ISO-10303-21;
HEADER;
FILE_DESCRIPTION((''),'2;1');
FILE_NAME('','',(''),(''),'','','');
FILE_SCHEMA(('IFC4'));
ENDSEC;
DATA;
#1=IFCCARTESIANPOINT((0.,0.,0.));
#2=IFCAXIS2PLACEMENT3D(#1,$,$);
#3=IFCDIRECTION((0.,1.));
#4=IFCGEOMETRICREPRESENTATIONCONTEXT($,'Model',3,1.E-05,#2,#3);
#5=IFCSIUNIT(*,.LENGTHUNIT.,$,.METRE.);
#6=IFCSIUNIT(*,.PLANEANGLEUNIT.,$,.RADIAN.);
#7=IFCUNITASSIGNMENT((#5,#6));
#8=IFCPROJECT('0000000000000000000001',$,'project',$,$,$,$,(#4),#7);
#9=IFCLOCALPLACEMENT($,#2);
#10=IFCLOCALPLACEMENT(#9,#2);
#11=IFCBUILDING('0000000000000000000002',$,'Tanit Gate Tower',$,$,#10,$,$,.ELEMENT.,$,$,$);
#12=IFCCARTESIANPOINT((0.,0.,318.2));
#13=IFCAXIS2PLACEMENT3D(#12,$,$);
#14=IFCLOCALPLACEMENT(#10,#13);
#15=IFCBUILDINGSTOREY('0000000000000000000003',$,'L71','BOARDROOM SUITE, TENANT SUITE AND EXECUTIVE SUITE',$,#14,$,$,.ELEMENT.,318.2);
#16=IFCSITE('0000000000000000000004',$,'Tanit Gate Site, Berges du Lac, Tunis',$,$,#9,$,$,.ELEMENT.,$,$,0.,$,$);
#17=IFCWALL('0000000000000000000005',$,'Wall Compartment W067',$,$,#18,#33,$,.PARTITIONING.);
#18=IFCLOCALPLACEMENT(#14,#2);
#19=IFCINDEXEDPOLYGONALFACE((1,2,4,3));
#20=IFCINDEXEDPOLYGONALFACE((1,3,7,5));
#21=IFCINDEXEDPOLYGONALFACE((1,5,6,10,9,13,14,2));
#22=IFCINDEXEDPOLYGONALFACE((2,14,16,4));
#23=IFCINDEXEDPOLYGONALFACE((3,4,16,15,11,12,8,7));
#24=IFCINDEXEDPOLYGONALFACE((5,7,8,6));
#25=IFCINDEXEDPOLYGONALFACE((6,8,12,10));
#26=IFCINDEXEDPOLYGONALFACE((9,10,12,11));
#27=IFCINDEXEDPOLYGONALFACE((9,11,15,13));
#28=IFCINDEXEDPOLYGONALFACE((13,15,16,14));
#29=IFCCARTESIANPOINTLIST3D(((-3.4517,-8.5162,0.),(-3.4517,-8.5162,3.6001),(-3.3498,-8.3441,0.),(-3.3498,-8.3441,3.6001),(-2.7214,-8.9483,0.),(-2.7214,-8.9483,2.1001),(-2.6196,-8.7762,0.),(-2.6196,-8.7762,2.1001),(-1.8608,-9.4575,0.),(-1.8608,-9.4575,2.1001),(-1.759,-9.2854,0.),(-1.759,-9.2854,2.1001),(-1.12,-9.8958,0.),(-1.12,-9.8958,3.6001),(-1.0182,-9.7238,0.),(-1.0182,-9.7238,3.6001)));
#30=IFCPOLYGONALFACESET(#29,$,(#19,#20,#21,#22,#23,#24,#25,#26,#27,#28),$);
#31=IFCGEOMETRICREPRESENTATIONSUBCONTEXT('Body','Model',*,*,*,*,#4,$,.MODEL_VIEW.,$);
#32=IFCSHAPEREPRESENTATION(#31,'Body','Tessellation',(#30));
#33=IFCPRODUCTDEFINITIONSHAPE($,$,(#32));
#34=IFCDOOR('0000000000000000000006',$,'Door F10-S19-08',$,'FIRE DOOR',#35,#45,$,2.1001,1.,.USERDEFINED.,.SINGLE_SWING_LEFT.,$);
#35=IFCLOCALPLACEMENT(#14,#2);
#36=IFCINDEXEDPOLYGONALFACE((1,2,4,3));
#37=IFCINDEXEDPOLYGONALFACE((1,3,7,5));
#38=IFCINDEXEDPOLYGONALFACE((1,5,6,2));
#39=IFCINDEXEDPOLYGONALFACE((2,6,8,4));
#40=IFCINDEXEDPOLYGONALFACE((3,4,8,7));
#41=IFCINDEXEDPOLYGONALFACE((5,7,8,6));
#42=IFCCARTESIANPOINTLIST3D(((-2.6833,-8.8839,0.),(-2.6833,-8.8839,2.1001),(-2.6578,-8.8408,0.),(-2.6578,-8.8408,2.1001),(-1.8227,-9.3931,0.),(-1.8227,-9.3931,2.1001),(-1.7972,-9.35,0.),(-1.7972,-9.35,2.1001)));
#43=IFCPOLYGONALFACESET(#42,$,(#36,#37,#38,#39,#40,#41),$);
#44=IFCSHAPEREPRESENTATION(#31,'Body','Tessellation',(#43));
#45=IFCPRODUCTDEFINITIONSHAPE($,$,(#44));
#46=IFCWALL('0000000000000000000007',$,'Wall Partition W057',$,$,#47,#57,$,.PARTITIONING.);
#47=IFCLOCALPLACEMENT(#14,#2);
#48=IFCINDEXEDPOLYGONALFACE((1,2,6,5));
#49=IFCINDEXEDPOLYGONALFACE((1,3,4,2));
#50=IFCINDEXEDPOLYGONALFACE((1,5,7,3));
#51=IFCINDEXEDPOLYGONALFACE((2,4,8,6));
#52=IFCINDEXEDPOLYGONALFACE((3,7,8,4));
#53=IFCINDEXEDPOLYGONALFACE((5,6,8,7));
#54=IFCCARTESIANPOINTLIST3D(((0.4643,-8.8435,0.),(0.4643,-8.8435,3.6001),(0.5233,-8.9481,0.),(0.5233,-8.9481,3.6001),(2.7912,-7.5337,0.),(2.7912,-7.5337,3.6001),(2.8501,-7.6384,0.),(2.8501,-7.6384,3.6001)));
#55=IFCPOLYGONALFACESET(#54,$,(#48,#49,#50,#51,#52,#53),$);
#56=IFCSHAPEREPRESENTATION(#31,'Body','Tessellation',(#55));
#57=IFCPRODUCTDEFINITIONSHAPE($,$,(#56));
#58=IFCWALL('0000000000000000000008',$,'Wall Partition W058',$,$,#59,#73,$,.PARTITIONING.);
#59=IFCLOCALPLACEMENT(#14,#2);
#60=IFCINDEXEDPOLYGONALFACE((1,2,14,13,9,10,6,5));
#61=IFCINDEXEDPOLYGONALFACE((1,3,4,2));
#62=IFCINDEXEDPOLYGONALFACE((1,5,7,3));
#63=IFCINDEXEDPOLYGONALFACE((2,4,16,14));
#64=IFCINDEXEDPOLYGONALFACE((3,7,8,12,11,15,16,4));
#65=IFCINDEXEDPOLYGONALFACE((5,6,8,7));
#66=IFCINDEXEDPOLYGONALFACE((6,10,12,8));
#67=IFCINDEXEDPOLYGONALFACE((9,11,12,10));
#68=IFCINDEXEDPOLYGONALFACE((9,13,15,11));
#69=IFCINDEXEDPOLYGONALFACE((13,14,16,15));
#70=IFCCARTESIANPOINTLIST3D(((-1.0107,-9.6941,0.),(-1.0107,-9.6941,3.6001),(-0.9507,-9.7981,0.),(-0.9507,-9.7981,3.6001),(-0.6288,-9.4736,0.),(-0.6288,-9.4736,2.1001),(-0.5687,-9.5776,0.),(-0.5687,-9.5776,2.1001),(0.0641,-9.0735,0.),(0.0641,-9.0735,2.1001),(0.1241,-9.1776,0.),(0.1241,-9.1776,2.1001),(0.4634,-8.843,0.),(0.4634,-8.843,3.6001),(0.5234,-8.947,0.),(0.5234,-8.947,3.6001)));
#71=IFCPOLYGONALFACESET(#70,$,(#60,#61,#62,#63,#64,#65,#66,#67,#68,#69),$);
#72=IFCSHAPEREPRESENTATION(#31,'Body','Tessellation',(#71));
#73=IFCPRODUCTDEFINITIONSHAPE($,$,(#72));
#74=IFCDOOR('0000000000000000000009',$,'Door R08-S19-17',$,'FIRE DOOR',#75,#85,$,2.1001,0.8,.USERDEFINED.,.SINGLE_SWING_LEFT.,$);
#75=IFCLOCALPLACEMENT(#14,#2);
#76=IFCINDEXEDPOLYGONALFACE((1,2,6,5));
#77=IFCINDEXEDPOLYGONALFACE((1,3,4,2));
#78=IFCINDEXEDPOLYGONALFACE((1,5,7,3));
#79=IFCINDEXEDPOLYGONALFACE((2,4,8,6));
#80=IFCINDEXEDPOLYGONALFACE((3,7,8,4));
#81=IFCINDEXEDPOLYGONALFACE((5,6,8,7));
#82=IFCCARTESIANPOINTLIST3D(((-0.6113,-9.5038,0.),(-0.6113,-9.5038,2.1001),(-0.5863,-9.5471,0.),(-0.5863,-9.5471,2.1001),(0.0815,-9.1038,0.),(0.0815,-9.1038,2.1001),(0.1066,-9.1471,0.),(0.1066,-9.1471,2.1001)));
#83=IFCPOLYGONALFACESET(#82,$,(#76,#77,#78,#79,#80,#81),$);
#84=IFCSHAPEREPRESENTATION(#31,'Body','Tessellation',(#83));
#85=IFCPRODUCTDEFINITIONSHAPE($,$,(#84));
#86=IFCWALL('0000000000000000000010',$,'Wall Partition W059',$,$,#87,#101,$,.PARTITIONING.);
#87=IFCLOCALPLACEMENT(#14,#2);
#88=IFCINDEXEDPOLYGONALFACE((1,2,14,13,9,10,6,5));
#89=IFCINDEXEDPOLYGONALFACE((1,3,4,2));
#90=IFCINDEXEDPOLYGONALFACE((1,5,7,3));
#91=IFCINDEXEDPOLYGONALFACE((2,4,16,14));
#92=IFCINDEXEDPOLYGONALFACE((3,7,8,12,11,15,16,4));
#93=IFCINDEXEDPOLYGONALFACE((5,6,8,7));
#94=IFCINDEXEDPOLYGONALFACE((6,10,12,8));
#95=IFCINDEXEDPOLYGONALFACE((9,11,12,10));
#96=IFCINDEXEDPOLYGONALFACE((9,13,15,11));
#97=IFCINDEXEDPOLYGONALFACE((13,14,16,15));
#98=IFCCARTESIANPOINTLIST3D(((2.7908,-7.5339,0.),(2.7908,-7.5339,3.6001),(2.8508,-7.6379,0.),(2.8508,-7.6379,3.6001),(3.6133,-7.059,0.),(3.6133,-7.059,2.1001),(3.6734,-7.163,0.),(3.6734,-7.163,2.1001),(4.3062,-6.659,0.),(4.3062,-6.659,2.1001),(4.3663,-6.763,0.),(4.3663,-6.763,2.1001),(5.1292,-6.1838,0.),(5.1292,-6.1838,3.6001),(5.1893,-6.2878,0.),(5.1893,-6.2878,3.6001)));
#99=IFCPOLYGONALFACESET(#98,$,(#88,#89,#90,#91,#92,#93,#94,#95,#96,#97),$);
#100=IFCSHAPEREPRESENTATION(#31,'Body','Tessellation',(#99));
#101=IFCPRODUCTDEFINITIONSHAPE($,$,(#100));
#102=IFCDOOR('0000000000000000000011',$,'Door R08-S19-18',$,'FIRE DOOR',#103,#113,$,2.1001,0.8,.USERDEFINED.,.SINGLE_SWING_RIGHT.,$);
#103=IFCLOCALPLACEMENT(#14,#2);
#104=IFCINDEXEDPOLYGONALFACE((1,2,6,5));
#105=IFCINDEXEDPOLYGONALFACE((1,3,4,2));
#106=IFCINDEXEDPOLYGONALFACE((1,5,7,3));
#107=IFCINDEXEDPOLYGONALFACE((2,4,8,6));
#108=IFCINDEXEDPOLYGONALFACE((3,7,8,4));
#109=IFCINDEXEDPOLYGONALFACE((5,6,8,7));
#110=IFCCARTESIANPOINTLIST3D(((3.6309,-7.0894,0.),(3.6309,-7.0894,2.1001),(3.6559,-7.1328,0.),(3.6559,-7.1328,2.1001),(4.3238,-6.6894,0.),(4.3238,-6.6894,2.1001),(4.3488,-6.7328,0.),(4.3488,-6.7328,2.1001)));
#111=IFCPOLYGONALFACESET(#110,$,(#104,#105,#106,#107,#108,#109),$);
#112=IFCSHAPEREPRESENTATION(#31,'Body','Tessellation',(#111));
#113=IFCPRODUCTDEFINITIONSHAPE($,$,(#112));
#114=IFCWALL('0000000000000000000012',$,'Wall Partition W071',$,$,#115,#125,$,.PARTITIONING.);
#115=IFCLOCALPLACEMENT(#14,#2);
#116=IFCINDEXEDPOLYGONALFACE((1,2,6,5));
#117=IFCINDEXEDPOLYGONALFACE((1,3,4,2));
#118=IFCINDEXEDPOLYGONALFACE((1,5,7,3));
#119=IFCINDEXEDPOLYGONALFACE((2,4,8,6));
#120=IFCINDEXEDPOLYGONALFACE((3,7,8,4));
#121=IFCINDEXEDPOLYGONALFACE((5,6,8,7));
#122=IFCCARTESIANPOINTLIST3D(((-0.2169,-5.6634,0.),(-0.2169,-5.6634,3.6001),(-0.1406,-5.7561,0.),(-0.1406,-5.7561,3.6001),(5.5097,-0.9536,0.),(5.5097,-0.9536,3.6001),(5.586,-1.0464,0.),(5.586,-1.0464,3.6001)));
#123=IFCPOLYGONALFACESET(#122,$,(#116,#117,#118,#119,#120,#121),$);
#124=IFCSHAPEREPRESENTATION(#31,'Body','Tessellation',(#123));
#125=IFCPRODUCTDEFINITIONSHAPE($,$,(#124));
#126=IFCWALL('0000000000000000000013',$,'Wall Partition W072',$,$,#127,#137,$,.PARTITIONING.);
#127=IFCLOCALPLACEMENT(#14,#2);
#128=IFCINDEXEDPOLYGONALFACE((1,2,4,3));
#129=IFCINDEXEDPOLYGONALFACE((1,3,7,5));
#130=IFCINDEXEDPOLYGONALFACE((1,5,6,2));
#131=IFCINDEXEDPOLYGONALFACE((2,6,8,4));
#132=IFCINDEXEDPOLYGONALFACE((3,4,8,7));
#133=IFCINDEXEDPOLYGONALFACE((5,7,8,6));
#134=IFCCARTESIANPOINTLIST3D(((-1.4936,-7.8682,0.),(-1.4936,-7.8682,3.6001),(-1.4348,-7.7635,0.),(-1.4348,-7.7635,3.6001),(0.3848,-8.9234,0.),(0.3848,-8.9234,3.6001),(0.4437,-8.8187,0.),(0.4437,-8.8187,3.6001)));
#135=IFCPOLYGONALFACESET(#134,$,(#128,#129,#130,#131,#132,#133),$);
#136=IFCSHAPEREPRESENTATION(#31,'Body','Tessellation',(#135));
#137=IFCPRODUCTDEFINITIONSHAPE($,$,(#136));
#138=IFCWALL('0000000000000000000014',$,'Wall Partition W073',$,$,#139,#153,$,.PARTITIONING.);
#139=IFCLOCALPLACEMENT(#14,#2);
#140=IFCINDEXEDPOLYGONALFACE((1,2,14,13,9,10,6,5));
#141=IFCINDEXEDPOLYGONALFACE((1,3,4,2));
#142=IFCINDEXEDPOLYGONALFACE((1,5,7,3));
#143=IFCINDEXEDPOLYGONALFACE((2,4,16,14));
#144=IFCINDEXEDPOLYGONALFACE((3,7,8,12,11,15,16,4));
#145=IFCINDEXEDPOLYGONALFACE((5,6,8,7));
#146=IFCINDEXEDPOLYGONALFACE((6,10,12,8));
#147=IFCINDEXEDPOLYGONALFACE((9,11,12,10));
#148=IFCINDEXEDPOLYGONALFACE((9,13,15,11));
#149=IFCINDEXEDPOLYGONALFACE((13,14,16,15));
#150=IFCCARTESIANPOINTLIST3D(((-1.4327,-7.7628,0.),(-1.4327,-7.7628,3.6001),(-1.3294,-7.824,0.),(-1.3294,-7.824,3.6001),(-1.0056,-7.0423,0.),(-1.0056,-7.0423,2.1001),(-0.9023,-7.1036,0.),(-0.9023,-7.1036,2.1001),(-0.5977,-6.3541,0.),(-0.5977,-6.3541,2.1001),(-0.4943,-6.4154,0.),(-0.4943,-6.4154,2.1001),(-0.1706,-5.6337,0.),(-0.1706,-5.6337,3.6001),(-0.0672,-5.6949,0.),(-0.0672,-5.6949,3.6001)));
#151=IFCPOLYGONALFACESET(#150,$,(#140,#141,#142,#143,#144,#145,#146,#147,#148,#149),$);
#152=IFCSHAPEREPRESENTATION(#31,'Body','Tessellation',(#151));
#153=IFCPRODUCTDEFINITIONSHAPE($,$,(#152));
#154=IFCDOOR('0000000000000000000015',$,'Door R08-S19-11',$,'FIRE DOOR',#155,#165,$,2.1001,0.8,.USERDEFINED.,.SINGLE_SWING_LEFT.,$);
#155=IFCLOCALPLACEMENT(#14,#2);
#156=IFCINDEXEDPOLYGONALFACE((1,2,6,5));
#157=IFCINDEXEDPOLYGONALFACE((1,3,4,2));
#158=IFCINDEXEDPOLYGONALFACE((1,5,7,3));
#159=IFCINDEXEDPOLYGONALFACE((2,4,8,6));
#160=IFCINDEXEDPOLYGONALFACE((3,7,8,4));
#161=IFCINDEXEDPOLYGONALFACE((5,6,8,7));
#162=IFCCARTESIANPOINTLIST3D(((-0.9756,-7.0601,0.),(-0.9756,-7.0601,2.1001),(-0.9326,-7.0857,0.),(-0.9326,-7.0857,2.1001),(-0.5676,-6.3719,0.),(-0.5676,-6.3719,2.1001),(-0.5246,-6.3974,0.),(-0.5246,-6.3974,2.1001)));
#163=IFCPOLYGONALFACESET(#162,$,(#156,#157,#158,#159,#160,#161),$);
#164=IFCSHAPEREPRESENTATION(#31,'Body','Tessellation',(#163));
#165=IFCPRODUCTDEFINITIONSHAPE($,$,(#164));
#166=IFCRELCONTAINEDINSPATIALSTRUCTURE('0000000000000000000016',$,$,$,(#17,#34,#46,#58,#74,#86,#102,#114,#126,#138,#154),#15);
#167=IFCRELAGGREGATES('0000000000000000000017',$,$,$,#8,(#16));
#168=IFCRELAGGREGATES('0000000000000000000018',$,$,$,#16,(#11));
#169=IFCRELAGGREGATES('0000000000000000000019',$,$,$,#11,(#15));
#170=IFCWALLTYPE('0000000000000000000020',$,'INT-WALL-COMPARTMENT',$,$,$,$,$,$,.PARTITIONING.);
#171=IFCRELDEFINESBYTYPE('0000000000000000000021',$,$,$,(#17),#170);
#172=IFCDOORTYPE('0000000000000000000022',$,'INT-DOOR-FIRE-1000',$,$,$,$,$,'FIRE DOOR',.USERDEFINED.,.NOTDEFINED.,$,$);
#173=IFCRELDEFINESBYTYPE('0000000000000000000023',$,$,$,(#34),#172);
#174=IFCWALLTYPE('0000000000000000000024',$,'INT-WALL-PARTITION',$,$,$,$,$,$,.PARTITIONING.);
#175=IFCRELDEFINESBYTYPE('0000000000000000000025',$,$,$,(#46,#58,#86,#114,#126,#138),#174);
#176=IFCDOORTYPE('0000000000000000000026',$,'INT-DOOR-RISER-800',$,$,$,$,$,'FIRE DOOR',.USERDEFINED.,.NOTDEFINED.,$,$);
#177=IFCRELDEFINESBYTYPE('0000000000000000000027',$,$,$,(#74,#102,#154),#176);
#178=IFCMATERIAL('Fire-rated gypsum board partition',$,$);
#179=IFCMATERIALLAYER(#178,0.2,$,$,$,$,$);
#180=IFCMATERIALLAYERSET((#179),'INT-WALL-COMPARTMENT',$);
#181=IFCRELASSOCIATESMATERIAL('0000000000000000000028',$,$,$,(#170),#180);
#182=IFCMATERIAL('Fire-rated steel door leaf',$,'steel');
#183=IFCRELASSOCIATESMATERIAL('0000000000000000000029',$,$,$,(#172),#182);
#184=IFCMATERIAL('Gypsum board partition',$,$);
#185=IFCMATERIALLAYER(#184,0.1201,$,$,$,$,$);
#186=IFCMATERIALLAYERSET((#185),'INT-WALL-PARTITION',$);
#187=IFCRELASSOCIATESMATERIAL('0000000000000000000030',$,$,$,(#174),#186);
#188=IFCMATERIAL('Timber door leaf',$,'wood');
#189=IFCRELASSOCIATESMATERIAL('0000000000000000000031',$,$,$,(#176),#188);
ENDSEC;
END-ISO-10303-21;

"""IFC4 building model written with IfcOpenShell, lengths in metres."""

from ifc_helpers import new_model, si_unit, direction, frame, frame_2d, origin, place, context, subcontext, project, spatial, rectangle, extrude, material, layer, layer_set, type_object, element, fill, save


model = new_model("IFC4")

# Units and contexts
model_context = context("Model", 3, precision=1e-05, world=origin(), true_north=direction((0.0, 1.0)))
body_context = subcontext(model_context, "Body", "Model", "MODEL_VIEW")
ifc_project = project(units=[si_unit("LENGTHUNIT", "METRE"), si_unit("PLANEANGLEUNIT", "RADIAN")], contexts=[model_context])

# Site, building, storey
site_placement = place(None, origin())
site = spatial("IfcSite", under=ifc_project, at=site_placement, Name="Tanit Gate Site, Berges du Lac, Tunis", CompositionType="ELEMENT", RefElevation=0.0)
building_placement = place(site_placement, origin())
building = spatial("IfcBuilding", under=site, at=building_placement, Name="Tanit Gate Tower", CompositionType="ELEMENT")
storey_placement = place(building_placement, frame((0.0, 0.0, 318.2)))
storey = spatial("IfcBuildingStorey", under=building, at=storey_placement, Name="L71", Description="BOARDROOM SUITE, TENANT SUITE AND EXECUTIVE SUITE", CompositionType="ELEMENT", Elevation=318.2)

# Wall, opening, door
ifc_material_1 = material(Name="Fire-rated gypsum board partition")
ifc_layer_1 = layer(ifc_material_1, 0.2)
ifc_layer_set_1 = layer_set([ifc_layer_1], Name="INT-WALL-COMPARTMENT")
wall_type_1 = type_object("IfcWallType", Name="INT-WALL-COMPARTMENT", PredefinedType="PARTITIONING", material=ifc_layer_set_1)
wall_1_placement = place(storey_placement, frame((-3.4006, -8.4302, 0.0), z_axis=(0.0, 0.0, 1.0), x_axis=(0.860618, -0.509251, 0.0)))
wall_1 = element("IfcWall", 1, at=wall_1_placement, inside=storey, type_object=wall_type_1, Name="Wall Compartment W067", PredefinedType="PARTITIONING", context=body_context, shape_type="SweptSolid", body=[
    extrude(rectangle(XDim=2.7092, YDim=0.2, at=frame_2d((1.3545, 0.0))), origin(), (0.0, 0.0, 1.0), 3.6001),
])
opening_1_placement = place(wall_1_placement, frame((0.8484, 0.0, 0.0)))
opening_1 = element("IfcOpeningElement", 2, at=opening_1_placement, cuts=wall_1, PredefinedType="OPENING", context=body_context, shape_type="SweptSolid", body=[
    extrude(rectangle(XDim=1.0, YDim=2.1001, at=frame_2d((0.5, 1.05))), frame((0.0, 0.1099, 0.0), z_axis=(0.0, -1.0, 0.0), x_axis=(1.0, 0.0, 0.0)), (0.0, 0.0, 1.0), 0.22),
])
ifc_material_2 = material(Name="Fire-rated steel door leaf", Category="steel")
door_type_1 = type_object("IfcDoorType", Name="INT-DOOR-FIRE-1000", ElementType="FIRE DOOR", OperationType="NOTDEFINED", PredefinedType="USERDEFINED", material=ifc_material_2)
door_1_placement = place(opening_1_placement, origin())
door_1 = element("IfcDoor", 3, at=door_1_placement, inside=storey, type_object=door_type_1, Name="Door F10-S19-08", ObjectType="FIRE DOOR", OperationType="SINGLE_SWING_LEFT", OverallHeight=2.1001, OverallWidth=1.0, PredefinedType="USERDEFINED", context=body_context, shape_type="SweptSolid", body=[
    extrude(rectangle(XDim=1.0, YDim=2.1001, at=frame_2d((0.5, 1.05))), frame((0.0, 0.0249, 0.0), z_axis=(0.0, -1.0, 0.0), x_axis=(1.0, 0.0, 0.0)), (0.0, 0.0, 1.0), 0.05),
])
fill(opening_1, door_1)

# Wall
ifc_material_3 = material(Name="Gypsum board partition")
ifc_layer_2 = layer(ifc_material_3, 0.1201)
ifc_layer_set_2 = layer_set([ifc_layer_2], Name="INT-WALL-PARTITION")
wall_type_2 = type_object("IfcWallType", Name="INT-WALL-PARTITION", PredefinedType="PARTITIONING", material=ifc_layer_set_2)
wall_2_placement = place(storey_placement, frame((0.4939, -8.8958, 0.0), z_axis=(0.0, 0.0, 1.0), x_axis=(0.871427, 0.490526, 0.0)))
element("IfcWall", 4, at=wall_2_placement, inside=storey, type_object=wall_type_2, Name="Wall Partition W057", PredefinedType="PARTITIONING", context=body_context, shape_type="SweptSolid", body=[
    extrude(rectangle(XDim=2.6702, YDim=0.1201, at=frame_2d((1.335, 0.0))), origin(), (0.0, 0.0, 1.0), 3.6001),
])

# Walls, openings, doors
wall_3_placement = place(storey_placement, frame((0.4934, -8.895, 0.0), z_axis=(0.0, 0.0, 1.0), x_axis=(-0.866028, -0.499996, 0.0)))
wall_3 = element("IfcWall", 5, at=wall_3_placement, inside=storey, type_object=wall_type_2, Name="Wall Partition W058", PredefinedType="PARTITIONING", context=body_context, shape_type="SweptSolid", body=[
    extrude(rectangle(XDim=1.7021, YDim=0.1201, at=frame_2d((0.8511, 0.0))), origin(), (0.0, 0.0, 1.0), 3.6001),
])
opening_2_placement = place(wall_3_placement, frame((0.4612, 0.0, 0.0)))
opening_2 = element("IfcOpeningElement", 6, at=opening_2_placement, cuts=wall_3, PredefinedType="OPENING", context=body_context, shape_type="SweptSolid", body=[
    extrude(rectangle(XDim=0.8, YDim=2.1001, at=frame_2d((0.3999, 1.05))), frame((0.0, 0.0701, 0.0), z_axis=(0.0, -1.0, 0.0), x_axis=(1.0, 0.0, 0.0)), (0.0, 0.0, 1.0), 0.1401),
])
ifc_material_4 = material(Name="Timber door leaf", Category="wood")
door_type_2 = type_object("IfcDoorType", Name="INT-DOOR-RISER-800", ElementType="FIRE DOOR", OperationType="NOTDEFINED", PredefinedType="USERDEFINED", material=ifc_material_4)
door_2_placement = place(opening_2_placement, origin())
door_2 = element("IfcDoor", 7, at=door_2_placement, inside=storey, type_object=door_type_2, Name="Door R08-S19-17", ObjectType="FIRE DOOR", OperationType="SINGLE_SWING_LEFT", OverallHeight=2.1001, OverallWidth=0.8, PredefinedType="USERDEFINED", context=body_context, shape_type="SweptSolid", body=[
    extrude(rectangle(XDim=0.8, YDim=2.1001, at=frame_2d((0.3999, 1.05))), frame((0.0, 0.0249, 0.0), z_axis=(0.0, -1.0, 0.0), x_axis=(1.0, 0.0, 0.0)), (0.0, 0.0, 1.0), 0.05),
])
fill(opening_2, door_2)
wall_4_placement = place(storey_placement, frame((2.8208, -7.5859, 0.0), z_axis=(0.0, 0.0, 1.0), x_axis=(0.86602, 0.500009, 0.0)))
wall_4 = element("IfcWall", 8, at=wall_4_placement, inside=storey, type_object=wall_type_2, Name="Wall Partition W059", PredefinedType="PARTITIONING", context=body_context, shape_type="SweptSolid", body=[
    extrude(rectangle(XDim=2.7002, YDim=0.1201, at=frame_2d((1.3501, 0.0))), origin(), (0.0, 0.0, 1.0), 3.6001),
])
opening_3_placement = place(wall_4_placement, frame((0.95, 0.0, 0.0)))
opening_3 = element("IfcOpeningElement", 9, at=opening_3_placement, cuts=wall_4, PredefinedType="OPENING", context=body_context, shape_type="SweptSolid", body=[
    extrude(rectangle(XDim=0.8, YDim=2.1001, at=frame_2d((0.3999, 1.05))), frame((0.0, 0.0701, 0.0), z_axis=(0.0, -1.0, 0.0), x_axis=(1.0, 0.0, 0.0)), (0.0, 0.0, 1.0), 0.1401),
])
door_3_placement = place(opening_3_placement, origin())
door_3 = element("IfcDoor", 10, at=door_3_placement, inside=storey, type_object=door_type_2, Name="Door R08-S19-18", ObjectType="FIRE DOOR", OperationType="SINGLE_SWING_RIGHT", OverallHeight=2.1001, OverallWidth=0.8, PredefinedType="USERDEFINED", context=body_context, shape_type="SweptSolid", body=[
    extrude(rectangle(XDim=0.8, YDim=2.1001, at=frame_2d((0.3999, 1.05))), frame((0.0, 0.0249, 0.0), z_axis=(0.0, -1.0, 0.0), x_axis=(1.0, 0.0, 0.0)), (0.0, 0.0, 1.0), 0.05),
])
fill(opening_3, door_3)

# Walls
wall_5_placement = place(storey_placement, frame((5.5479, -1.0, 0.0), z_axis=(0.0, 0.0, 1.0), x_axis=(-0.772345, -0.635203, 0.0)))
element("IfcWall", 11, at=wall_5_placement, inside=storey, type_object=wall_type_2, Name="Wall Partition W071", PredefinedType="PARTITIONING", context=body_context, shape_type="SweptSolid", body=[
    extrude(rectangle(XDim=7.4146, YDim=0.1201, at=frame_2d((3.7073, 0.0))), origin(), (0.0, 0.0, 1.0), 3.6001),
])
wall_6_placement = place(storey_placement, frame((-1.4641, -7.8159, 0.0), z_axis=(0.0, 0.0, 1.0), x_axis=(0.87186, -0.489755, 0.0)))
element("IfcWall", 12, at=wall_6_placement, inside=storey, type_object=wall_type_2, Name="Wall Partition W072", PredefinedType="PARTITIONING", context=body_context, shape_type="SweptSolid", body=[
    extrude(rectangle(XDim=2.1545, YDim=0.1201, at=frame_2d((1.0771, 0.0))), origin(), (0.0, 0.0, 1.0), 3.6001),
])

# Wall, opening, door
wall_7_placement = place(storey_placement, frame((-0.1189, -5.6643, 0.0), z_axis=(0.0, 0.0, 1.0), x_axis=(-0.509948, -0.860205, 0.0)))
wall_7 = element("IfcWall", 13, at=wall_7_placement, inside=storey, type_object=wall_type_2, Name="Wall Partition W073", PredefinedType="PARTITIONING", context=body_context, shape_type="SweptSolid", body=[
    extrude(rectangle(XDim=2.4751, YDim=0.1201, at=frame_2d((1.2375, 0.0))), origin(), (0.0, 0.0, 1.0), 3.6001),
])
opening_4_placement = place(wall_7_placement, frame((0.8376, 0.0, 0.0)))
opening_4 = element("IfcOpeningElement", 14, at=opening_4_placement, cuts=wall_7, PredefinedType="OPENING", context=body_context, shape_type="SweptSolid", body=[
    extrude(rectangle(XDim=0.8, YDim=2.1001, at=frame_2d((0.3999, 1.05))), frame((0.0, 0.0701, 0.0), z_axis=(0.0, -1.0, 0.0), x_axis=(1.0, 0.0, 0.0)), (0.0, 0.0, 1.0), 0.1401),
])
door_4_placement = place(opening_4_placement, origin())
door_4 = element("IfcDoor", 15, at=door_4_placement, inside=storey, type_object=door_type_2, Name="Door R08-S19-11", ObjectType="FIRE DOOR", OperationType="SINGLE_SWING_LEFT", OverallHeight=2.1001, OverallWidth=0.8, PredefinedType="USERDEFINED", context=body_context, shape_type="SweptSolid", body=[
    extrude(rectangle(XDim=0.8, YDim=2.1001, at=frame_2d((0.3999, 1.05))), frame((0.0, 0.0249, 0.0), z_axis=(0.0, -1.0, 0.0), x_axis=(1.0, 0.0, 0.0)), (0.0, 0.0, 1.0), 0.05),
])
fill(opening_4, door_4)

save(model, "model.ifc")
